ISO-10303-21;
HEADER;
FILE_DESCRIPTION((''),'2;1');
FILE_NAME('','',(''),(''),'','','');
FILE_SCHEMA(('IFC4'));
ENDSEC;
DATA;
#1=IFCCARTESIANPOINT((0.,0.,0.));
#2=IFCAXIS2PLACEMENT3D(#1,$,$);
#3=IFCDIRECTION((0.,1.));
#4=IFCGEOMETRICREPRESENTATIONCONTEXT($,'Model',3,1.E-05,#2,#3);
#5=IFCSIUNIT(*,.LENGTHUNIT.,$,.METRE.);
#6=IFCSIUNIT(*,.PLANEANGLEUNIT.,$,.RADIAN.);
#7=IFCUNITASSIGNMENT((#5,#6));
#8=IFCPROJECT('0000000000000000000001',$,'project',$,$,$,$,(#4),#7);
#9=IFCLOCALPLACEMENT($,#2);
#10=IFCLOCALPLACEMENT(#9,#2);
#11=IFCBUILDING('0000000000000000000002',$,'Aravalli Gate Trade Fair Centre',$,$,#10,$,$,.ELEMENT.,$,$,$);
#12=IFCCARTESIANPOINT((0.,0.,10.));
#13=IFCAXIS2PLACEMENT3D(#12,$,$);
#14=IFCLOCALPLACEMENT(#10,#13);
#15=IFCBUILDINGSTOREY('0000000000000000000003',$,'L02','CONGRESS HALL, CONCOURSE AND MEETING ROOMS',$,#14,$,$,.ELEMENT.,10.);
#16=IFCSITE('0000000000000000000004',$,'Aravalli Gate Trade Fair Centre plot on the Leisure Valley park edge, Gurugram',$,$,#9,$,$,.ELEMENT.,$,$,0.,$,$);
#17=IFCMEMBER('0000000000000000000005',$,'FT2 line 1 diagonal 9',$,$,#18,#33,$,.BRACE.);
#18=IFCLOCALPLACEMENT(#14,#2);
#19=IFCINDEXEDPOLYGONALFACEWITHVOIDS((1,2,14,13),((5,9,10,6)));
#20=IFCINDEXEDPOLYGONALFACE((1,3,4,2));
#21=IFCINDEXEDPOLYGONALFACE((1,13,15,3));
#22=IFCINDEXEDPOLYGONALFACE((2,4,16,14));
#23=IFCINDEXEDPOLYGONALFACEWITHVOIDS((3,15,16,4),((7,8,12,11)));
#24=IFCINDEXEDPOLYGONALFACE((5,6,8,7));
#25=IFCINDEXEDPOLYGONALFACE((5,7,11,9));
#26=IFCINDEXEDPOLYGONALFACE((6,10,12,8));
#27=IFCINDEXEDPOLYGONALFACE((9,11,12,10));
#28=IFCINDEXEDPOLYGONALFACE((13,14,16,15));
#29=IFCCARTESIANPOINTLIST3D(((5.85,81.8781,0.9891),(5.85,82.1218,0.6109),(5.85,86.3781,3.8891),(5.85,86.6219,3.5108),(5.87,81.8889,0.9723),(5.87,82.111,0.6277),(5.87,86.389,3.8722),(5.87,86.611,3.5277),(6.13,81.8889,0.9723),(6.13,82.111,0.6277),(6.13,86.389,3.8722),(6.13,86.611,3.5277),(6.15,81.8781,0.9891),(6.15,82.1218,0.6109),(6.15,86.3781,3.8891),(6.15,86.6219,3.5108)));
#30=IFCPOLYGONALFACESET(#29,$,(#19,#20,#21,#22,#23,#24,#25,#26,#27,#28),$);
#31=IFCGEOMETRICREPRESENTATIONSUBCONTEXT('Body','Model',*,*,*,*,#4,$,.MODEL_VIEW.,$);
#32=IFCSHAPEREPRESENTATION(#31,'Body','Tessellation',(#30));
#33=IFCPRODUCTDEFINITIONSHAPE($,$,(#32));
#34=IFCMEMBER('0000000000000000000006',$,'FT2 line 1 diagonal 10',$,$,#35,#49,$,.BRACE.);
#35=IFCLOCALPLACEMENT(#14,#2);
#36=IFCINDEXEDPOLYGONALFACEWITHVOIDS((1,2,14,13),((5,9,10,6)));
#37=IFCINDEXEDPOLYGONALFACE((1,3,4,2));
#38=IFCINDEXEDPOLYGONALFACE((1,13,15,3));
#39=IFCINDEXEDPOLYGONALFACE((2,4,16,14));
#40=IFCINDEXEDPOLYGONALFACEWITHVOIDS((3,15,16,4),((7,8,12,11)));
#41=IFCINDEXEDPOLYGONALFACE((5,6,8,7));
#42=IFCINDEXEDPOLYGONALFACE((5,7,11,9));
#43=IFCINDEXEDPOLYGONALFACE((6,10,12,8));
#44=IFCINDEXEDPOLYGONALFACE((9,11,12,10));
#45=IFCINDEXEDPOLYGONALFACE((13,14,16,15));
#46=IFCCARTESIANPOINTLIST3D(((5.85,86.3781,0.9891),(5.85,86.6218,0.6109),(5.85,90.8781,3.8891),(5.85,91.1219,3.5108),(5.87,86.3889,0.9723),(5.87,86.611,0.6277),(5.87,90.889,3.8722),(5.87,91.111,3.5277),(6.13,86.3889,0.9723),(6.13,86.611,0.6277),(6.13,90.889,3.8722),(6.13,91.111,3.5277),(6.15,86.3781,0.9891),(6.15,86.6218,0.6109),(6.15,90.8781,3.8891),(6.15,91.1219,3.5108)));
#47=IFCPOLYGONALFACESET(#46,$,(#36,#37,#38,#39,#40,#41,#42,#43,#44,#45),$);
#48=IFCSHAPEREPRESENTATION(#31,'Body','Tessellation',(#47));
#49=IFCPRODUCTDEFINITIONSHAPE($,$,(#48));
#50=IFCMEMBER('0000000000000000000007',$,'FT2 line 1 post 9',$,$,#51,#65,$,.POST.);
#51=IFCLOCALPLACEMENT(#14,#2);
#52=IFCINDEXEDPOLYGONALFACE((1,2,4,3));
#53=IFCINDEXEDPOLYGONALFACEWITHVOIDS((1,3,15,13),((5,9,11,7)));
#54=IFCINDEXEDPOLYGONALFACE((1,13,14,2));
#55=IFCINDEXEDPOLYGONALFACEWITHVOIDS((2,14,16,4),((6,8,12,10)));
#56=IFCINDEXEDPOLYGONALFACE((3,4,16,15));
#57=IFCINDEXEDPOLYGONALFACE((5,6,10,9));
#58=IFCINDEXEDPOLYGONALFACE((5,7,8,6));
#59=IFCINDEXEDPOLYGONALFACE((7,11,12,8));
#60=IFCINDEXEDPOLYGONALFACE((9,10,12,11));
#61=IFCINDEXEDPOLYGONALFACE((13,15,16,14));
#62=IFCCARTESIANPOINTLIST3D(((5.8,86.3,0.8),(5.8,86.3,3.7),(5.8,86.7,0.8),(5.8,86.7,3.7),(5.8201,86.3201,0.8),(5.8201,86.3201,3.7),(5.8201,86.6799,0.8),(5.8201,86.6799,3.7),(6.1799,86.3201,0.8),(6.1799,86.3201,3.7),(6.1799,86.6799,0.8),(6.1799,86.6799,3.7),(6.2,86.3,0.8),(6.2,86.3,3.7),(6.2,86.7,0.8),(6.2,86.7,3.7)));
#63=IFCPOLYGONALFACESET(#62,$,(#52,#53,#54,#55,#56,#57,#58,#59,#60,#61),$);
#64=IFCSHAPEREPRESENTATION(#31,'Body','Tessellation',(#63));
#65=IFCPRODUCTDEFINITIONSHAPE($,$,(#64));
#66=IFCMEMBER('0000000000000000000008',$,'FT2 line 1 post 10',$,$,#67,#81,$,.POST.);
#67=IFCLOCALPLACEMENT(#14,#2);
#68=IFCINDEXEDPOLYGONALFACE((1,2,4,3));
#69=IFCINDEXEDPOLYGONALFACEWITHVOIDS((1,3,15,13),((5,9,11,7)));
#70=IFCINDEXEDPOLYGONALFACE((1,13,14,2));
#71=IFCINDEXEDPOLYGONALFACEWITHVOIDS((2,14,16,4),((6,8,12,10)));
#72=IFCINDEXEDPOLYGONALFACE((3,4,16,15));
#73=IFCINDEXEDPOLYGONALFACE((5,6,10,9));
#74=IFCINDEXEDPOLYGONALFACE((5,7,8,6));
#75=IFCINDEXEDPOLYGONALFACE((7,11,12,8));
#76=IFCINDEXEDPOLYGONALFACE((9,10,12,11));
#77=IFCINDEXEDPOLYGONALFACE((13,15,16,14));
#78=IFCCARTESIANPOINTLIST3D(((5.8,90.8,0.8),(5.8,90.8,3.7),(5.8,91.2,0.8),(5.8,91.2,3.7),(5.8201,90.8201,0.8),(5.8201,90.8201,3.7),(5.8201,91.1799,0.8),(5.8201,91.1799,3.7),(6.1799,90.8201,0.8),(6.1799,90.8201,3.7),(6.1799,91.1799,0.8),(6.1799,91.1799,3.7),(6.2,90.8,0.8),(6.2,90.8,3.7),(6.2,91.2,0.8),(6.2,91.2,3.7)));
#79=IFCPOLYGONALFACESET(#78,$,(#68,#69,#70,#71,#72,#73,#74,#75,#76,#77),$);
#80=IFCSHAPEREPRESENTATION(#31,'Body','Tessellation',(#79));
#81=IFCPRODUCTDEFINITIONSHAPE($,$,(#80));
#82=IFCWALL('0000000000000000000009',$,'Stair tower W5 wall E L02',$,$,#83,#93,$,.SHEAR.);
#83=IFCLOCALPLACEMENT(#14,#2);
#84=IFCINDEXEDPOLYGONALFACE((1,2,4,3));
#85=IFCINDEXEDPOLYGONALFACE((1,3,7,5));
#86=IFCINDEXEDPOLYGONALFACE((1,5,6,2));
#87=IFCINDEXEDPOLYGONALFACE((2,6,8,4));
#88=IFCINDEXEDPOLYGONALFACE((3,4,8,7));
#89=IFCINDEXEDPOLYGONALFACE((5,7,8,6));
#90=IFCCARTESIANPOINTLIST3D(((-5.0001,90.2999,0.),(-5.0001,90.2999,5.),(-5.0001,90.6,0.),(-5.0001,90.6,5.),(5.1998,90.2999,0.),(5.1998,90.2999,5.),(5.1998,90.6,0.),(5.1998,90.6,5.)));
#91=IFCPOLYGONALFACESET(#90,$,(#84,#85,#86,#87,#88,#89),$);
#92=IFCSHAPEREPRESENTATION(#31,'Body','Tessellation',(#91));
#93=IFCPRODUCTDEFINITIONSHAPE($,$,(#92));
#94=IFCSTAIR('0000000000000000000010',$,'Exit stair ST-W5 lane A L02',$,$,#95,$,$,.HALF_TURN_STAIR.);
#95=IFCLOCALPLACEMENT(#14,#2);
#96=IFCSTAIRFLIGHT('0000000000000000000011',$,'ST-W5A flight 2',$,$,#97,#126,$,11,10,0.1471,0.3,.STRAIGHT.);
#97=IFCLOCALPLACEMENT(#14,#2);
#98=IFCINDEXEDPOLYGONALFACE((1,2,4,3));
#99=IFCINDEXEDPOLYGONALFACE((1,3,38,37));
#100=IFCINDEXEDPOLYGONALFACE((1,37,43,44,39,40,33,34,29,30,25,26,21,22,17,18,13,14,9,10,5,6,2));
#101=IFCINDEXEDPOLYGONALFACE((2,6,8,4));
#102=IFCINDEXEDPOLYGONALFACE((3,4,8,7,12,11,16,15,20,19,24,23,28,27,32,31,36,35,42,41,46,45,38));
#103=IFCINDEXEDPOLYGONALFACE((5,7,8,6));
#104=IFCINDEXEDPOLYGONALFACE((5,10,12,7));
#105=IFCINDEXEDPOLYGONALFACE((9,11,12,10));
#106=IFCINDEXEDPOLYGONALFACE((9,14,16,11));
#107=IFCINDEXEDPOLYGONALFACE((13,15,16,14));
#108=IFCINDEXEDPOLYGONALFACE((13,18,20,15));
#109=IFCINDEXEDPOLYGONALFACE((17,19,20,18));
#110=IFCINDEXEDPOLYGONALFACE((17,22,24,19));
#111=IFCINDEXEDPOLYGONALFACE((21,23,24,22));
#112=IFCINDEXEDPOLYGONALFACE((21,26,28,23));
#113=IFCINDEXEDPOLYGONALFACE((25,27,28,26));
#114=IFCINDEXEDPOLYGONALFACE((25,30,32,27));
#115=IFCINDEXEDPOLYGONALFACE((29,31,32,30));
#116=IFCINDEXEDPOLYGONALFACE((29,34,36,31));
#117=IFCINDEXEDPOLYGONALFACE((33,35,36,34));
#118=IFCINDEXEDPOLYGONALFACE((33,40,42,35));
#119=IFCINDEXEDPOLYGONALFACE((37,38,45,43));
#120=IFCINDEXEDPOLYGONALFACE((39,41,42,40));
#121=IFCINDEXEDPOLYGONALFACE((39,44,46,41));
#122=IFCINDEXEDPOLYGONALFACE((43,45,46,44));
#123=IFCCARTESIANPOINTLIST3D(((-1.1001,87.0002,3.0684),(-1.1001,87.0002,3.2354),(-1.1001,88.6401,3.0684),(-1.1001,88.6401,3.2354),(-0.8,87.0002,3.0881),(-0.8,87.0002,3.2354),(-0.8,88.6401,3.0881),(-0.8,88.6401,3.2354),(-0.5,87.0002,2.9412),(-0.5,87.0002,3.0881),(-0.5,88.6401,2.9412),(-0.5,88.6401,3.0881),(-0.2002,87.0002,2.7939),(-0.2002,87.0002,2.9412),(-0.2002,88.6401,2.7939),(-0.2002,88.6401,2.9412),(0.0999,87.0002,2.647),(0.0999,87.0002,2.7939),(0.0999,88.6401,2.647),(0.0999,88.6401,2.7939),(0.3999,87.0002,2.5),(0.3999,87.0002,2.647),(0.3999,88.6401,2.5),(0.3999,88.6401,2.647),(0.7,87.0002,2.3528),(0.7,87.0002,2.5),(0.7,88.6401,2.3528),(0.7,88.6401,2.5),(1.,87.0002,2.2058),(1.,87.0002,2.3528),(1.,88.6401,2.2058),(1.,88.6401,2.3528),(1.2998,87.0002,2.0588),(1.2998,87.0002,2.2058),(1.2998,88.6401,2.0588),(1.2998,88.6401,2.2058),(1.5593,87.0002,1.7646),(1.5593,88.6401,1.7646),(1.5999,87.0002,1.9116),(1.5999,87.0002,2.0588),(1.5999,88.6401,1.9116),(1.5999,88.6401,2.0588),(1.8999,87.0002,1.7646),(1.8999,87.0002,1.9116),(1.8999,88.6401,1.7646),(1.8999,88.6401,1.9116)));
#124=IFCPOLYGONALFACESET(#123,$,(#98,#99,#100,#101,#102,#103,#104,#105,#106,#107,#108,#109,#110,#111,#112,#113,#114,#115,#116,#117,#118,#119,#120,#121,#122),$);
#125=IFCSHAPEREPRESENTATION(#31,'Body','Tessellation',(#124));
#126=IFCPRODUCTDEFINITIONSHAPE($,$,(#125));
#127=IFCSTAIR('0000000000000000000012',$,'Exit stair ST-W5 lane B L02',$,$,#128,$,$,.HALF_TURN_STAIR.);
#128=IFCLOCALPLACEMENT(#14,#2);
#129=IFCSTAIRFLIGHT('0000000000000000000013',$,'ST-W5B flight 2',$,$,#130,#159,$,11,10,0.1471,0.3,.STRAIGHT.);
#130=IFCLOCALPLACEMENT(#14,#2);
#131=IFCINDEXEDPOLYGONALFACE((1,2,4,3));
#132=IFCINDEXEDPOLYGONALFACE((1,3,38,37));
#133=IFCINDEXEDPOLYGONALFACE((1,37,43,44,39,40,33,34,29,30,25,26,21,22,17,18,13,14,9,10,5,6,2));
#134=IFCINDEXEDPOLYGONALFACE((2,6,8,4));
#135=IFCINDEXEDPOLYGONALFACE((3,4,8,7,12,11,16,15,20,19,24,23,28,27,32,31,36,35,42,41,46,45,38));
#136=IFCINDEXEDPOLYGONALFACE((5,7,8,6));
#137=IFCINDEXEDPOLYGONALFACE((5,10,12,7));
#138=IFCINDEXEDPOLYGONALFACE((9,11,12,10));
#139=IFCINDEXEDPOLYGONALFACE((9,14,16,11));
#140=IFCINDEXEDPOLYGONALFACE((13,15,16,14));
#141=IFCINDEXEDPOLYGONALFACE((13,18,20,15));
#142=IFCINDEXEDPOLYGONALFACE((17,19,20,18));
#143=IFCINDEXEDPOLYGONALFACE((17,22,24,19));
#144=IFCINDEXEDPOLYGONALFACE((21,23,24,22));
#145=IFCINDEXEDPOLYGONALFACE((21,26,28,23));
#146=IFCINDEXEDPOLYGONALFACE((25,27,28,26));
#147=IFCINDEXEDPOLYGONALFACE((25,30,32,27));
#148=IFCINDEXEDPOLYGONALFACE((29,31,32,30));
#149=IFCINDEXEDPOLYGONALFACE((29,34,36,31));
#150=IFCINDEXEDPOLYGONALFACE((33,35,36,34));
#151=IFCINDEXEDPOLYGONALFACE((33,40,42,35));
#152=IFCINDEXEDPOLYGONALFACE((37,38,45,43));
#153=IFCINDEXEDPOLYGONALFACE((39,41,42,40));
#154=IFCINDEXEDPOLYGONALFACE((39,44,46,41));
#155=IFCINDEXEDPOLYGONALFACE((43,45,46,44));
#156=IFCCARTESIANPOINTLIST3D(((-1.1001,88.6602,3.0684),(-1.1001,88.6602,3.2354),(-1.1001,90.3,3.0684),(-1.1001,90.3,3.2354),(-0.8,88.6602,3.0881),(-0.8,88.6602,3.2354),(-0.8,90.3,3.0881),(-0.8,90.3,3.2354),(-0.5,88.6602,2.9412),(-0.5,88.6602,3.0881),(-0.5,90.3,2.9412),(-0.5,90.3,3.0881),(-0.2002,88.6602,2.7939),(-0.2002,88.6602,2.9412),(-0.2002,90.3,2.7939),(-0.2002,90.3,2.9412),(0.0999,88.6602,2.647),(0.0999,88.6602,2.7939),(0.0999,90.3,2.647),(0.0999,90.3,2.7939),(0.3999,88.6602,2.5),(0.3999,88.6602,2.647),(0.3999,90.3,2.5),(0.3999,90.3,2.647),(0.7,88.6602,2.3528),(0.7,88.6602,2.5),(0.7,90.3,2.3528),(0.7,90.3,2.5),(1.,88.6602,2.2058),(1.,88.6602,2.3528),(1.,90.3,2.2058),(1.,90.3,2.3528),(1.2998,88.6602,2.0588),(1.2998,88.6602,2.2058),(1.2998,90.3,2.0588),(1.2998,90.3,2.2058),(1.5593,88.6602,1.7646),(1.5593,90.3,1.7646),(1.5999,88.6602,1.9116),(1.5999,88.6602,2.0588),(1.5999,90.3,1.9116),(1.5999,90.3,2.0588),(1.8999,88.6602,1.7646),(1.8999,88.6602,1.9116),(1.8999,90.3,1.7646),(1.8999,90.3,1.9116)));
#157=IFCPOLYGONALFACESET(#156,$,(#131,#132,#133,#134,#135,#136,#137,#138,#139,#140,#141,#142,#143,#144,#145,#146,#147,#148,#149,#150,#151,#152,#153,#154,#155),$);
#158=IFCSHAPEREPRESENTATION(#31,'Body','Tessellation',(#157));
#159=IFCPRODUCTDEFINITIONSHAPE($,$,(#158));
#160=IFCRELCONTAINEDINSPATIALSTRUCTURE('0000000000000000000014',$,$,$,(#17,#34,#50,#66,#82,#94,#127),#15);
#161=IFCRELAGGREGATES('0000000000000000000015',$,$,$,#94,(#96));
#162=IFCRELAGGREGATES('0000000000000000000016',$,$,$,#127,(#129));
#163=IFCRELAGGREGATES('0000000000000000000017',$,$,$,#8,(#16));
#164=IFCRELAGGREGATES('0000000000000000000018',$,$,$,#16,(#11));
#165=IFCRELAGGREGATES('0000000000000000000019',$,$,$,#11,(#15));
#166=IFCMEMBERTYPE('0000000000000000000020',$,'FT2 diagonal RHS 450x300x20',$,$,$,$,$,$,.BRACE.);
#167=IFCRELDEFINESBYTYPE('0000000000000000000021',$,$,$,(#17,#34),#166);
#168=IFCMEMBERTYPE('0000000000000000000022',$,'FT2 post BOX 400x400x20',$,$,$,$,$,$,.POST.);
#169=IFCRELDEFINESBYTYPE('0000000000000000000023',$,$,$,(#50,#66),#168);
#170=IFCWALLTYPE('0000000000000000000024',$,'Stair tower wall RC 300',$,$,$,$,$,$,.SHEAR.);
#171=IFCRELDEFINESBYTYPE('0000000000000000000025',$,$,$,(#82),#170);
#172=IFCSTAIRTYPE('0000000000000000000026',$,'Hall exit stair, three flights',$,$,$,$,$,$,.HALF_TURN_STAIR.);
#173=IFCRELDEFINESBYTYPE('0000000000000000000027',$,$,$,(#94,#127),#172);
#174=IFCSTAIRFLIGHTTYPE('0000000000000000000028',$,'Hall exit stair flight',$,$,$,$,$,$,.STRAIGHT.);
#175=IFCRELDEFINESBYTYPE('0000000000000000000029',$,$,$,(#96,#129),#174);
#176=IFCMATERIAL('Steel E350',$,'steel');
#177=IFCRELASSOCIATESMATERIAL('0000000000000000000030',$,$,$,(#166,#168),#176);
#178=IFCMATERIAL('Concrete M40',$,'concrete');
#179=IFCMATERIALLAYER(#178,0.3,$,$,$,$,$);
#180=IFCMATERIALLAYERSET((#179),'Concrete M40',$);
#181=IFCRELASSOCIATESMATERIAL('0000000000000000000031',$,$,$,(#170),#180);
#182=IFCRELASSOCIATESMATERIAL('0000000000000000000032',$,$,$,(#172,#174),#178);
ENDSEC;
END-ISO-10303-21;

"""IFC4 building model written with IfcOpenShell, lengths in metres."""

from ifc_helpers import new_model, si_unit, direction, frame, frame_2d, origin, origin_2d, place, context, subcontext, project, spatial, polyline, rectangle, hollow_rectangle, outline, extrude, material, layer, layer_set, material_profile, profile_set, type_object, element, aggregate, save


model = new_model("IFC4")

# Units and contexts
model_context = context("Model", 3, precision=1e-05, world=origin(), true_north=direction((0.0, 1.0)))
body_context = subcontext(model_context, "Body", "Model", "MODEL_VIEW")
ifc_project = project(units=[si_unit("LENGTHUNIT", "METRE"), si_unit("PLANEANGLEUNIT", "RADIAN")], contexts=[model_context])

# Site, building, storey
site_placement = place(None, origin())
site = spatial("IfcSite", under=ifc_project, at=site_placement, Name="Aravalli Gate Trade Fair Centre plot on the Leisure Valley park edge, Gurugram", CompositionType="ELEMENT", RefElevation=0.0)
building_placement = place(site_placement, origin())
building = spatial("IfcBuilding", under=site, at=building_placement, Name="Aravalli Gate Trade Fair Centre", CompositionType="ELEMENT")
storey_placement = place(building_placement, frame((0.0, 0.0, 10.0)))
storey = spatial("IfcBuildingStorey", under=building, at=storey_placement, Name="L02", Description="CONGRESS HALL, CONCOURSE AND MEETING ROOMS", CompositionType="ELEMENT", Elevation=10.0)

# Members
ifc_material_1 = material(Name="Steel E350", Category="steel")
ifc_material_profile_1 = material_profile(ifc_material_1, hollow_rectangle(XDim=0.3, YDim=0.45, WallThickness=0.02, at=origin_2d()), Name="RHS 450x300x20")
ifc_profile_set_1 = profile_set([ifc_material_profile_1], Name="Steel E350")
member_type_1 = type_object("IfcMemberType", Name="FT2 diagonal RHS 450x300x20", PredefinedType="BRACE", material=ifc_profile_set_1)
for number, where, z_axis, x_axis, name in (
    (1, (6.0, 86.5, 3.7), (0.0, -0.840579, -0.541688), (1.0, 0.0, 0.0), "FT2 line 1 diagonal 9"),
    (2, (6.0, 91.0, 3.7), (0.0, -0.840579, -0.541688), (1.0, 0.0, 0.0), "FT2 line 1 diagonal 10"),
):
    element("IfcMember", number, at=place(storey_placement, frame(where, z_axis=z_axis, x_axis=x_axis)), inside=storey, type_object=member_type_1, Name=name, PredefinedType="BRACE", context=body_context, shape_type="SweptSolid", body=[
        extrude(hollow_rectangle(XDim=0.3, YDim=0.45, WallThickness=0.02, at=origin_2d()), origin(), (0.0, 0.0, 1.0), 5.3535),
    ])
ifc_material_profile_2 = material_profile(ifc_material_1, hollow_rectangle(XDim=0.3999, YDim=0.3999, WallThickness=0.02, at=origin_2d()), Name="BOX 400x400x20")
ifc_profile_set_2 = profile_set([ifc_material_profile_2], Name="Steel E350")
member_type_2 = type_object("IfcMemberType", Name="FT2 post BOX 400x400x20", PredefinedType="POST", material=ifc_profile_set_2)
for number, where, z_axis, x_axis, name in (
    (3, (6.0, 86.5, 0.8), (0.0, 0.0, 1.0), (1.0, 0.0, 0.0), "FT2 line 1 post 9"),
    (4, (6.0, 91.0, 0.8), (0.0, 0.0, 1.0), (1.0, 0.0, 0.0), "FT2 line 1 post 10"),
):
    element("IfcMember", number, at=place(storey_placement, frame(where, z_axis=z_axis, x_axis=x_axis)), inside=storey, type_object=member_type_2, Name=name, PredefinedType="POST", context=body_context, shape_type="SweptSolid", body=[
        extrude(hollow_rectangle(XDim=0.3999, YDim=0.3999, WallThickness=0.02, at=origin_2d()), origin(), (0.0, 0.0, 1.0), 2.8999),
    ])

# Wall
ifc_material_2 = material(Name="Concrete M40", Category="concrete")
ifc_layer_1 = layer(ifc_material_2, 0.3)
ifc_layer_set_1 = layer_set([ifc_layer_1], Name="Concrete M40")
wall_type = type_object("IfcWallType", Name="Stair tower wall RC 300", PredefinedType="SHEAR", material=ifc_layer_set_1)
wall_placement = place(storey_placement, frame((5.2, 90.45, 0.0), z_axis=(0.0, 0.0, 1.0), x_axis=(-1.0, 0.0, 0.0)))
element("IfcWall", 5, at=wall_placement, inside=storey, type_object=wall_type, Name="Stair tower W5 wall E L02", PredefinedType="SHEAR", context=body_context, shape_type="SweptSolid", body=[
    extrude(rectangle(XDim=10.2, YDim=0.3, at=frame_2d((5.1001, 0.0))), origin(), (0.0, 0.0, 1.0), 5.0),
])

# Stairs, stair flights
stair_type = type_object("IfcStairType", Name="Hall exit stair, three flights", PredefinedType="HALF_TURN_STAIR", material=ifc_material_2)
stair_1_placement = place(storey_placement, origin())
stair_1 = element("IfcStair", 6, at=stair_1_placement, inside=storey, type_object=stair_type, Name="Exit stair ST-W5 lane A L02", PredefinedType="HALF_TURN_STAIR")
stair_flight_type = type_object("IfcStairFlightType", Name="Hall exit stair flight", PredefinedType="STRAIGHT", material=ifc_material_2)
stair_flight_1_placement = place(storey_placement, frame((1.8999, 87.8201, 1.7646), z_axis=(0.0, 0.0, 1.0), x_axis=(-1.0, 0.0, 0.0)))
stair_flight_1 = element("IfcStairFlight", 7, at=stair_flight_1_placement, type_object=stair_flight_type, Name="ST-W5A flight 2", NumberOfRisers=11, NumberOfTreads=10, PredefinedType="STRAIGHT", RiserHeight=0.1471, TreadLength=0.3, context=body_context, shape_type="SweptSolid", body=[
    extrude(outline(polyline([(0.0, 0.0), (0.0, 0.147), (0.3, 0.147), (0.3, 0.2942), (0.6001, 0.2942), (0.6001, 0.4412), (0.8999, 0.4412), (0.8999, 0.5881), (1.2, 0.5881), (1.2, 0.7354), (1.5, 0.7354), (1.5, 0.8823), (1.8, 0.8823), (1.8, 1.0293), (2.1001, 1.0293), (2.1001, 1.1765), (2.3999, 1.1765), (2.3999, 1.3235), (2.7, 1.3235), (2.7, 1.4707), (3.0, 1.4707), (3.0, 1.6177), (3.0, 1.3037), (0.3406, 0.0), (0.0, 0.0)])), frame((0.0, 0.8198, 0.0), z_axis=(0.0, -1.0, 0.0), x_axis=(1.0, 0.0, 0.0)), (0.0, 0.0, 1.0), 1.6399),
])
aggregate(stair_1, [stair_flight_1])
stair_2_placement = place(storey_placement, origin())
stair_2 = element("IfcStair", 8, at=stair_2_placement, inside=storey, type_object=stair_type, Name="Exit stair ST-W5 lane B L02", PredefinedType="HALF_TURN_STAIR")
stair_flight_2_placement = place(storey_placement, frame((1.8999, 89.48, 1.7646), z_axis=(0.0, 0.0, 1.0), x_axis=(-1.0, 0.0, 0.0)))
stair_flight_2 = element("IfcStairFlight", 9, at=stair_flight_2_placement, type_object=stair_flight_type, Name="ST-W5B flight 2", NumberOfRisers=11, NumberOfTreads=10, PredefinedType="STRAIGHT", RiserHeight=0.1471, TreadLength=0.3, context=body_context, shape_type="SweptSolid", body=[
    extrude(outline(polyline([(0.0, 0.0), (0.0, 0.147), (0.3, 0.147), (0.3, 0.2942), (0.6001, 0.2942), (0.6001, 0.4412), (0.8999, 0.4412), (0.8999, 0.5881), (1.2, 0.5881), (1.2, 0.7354), (1.5, 0.7354), (1.5, 0.8823), (1.8, 0.8823), (1.8, 1.0293), (2.1001, 1.0293), (2.1001, 1.1765), (2.3999, 1.1765), (2.3999, 1.3235), (2.7, 1.3235), (2.7, 1.4707), (3.0, 1.4707), (3.0, 1.6177), (3.0, 1.3037), (0.3406, 0.0), (0.0, 0.0)])), frame((0.0, 0.8198, 0.0), z_axis=(0.0, -1.0, 0.0), x_axis=(1.0, 0.0, 0.0)), (0.0, 0.0, 1.0), 1.6399),
])
aggregate(stair_2, [stair_flight_2])

save(model, "model.ifc")
